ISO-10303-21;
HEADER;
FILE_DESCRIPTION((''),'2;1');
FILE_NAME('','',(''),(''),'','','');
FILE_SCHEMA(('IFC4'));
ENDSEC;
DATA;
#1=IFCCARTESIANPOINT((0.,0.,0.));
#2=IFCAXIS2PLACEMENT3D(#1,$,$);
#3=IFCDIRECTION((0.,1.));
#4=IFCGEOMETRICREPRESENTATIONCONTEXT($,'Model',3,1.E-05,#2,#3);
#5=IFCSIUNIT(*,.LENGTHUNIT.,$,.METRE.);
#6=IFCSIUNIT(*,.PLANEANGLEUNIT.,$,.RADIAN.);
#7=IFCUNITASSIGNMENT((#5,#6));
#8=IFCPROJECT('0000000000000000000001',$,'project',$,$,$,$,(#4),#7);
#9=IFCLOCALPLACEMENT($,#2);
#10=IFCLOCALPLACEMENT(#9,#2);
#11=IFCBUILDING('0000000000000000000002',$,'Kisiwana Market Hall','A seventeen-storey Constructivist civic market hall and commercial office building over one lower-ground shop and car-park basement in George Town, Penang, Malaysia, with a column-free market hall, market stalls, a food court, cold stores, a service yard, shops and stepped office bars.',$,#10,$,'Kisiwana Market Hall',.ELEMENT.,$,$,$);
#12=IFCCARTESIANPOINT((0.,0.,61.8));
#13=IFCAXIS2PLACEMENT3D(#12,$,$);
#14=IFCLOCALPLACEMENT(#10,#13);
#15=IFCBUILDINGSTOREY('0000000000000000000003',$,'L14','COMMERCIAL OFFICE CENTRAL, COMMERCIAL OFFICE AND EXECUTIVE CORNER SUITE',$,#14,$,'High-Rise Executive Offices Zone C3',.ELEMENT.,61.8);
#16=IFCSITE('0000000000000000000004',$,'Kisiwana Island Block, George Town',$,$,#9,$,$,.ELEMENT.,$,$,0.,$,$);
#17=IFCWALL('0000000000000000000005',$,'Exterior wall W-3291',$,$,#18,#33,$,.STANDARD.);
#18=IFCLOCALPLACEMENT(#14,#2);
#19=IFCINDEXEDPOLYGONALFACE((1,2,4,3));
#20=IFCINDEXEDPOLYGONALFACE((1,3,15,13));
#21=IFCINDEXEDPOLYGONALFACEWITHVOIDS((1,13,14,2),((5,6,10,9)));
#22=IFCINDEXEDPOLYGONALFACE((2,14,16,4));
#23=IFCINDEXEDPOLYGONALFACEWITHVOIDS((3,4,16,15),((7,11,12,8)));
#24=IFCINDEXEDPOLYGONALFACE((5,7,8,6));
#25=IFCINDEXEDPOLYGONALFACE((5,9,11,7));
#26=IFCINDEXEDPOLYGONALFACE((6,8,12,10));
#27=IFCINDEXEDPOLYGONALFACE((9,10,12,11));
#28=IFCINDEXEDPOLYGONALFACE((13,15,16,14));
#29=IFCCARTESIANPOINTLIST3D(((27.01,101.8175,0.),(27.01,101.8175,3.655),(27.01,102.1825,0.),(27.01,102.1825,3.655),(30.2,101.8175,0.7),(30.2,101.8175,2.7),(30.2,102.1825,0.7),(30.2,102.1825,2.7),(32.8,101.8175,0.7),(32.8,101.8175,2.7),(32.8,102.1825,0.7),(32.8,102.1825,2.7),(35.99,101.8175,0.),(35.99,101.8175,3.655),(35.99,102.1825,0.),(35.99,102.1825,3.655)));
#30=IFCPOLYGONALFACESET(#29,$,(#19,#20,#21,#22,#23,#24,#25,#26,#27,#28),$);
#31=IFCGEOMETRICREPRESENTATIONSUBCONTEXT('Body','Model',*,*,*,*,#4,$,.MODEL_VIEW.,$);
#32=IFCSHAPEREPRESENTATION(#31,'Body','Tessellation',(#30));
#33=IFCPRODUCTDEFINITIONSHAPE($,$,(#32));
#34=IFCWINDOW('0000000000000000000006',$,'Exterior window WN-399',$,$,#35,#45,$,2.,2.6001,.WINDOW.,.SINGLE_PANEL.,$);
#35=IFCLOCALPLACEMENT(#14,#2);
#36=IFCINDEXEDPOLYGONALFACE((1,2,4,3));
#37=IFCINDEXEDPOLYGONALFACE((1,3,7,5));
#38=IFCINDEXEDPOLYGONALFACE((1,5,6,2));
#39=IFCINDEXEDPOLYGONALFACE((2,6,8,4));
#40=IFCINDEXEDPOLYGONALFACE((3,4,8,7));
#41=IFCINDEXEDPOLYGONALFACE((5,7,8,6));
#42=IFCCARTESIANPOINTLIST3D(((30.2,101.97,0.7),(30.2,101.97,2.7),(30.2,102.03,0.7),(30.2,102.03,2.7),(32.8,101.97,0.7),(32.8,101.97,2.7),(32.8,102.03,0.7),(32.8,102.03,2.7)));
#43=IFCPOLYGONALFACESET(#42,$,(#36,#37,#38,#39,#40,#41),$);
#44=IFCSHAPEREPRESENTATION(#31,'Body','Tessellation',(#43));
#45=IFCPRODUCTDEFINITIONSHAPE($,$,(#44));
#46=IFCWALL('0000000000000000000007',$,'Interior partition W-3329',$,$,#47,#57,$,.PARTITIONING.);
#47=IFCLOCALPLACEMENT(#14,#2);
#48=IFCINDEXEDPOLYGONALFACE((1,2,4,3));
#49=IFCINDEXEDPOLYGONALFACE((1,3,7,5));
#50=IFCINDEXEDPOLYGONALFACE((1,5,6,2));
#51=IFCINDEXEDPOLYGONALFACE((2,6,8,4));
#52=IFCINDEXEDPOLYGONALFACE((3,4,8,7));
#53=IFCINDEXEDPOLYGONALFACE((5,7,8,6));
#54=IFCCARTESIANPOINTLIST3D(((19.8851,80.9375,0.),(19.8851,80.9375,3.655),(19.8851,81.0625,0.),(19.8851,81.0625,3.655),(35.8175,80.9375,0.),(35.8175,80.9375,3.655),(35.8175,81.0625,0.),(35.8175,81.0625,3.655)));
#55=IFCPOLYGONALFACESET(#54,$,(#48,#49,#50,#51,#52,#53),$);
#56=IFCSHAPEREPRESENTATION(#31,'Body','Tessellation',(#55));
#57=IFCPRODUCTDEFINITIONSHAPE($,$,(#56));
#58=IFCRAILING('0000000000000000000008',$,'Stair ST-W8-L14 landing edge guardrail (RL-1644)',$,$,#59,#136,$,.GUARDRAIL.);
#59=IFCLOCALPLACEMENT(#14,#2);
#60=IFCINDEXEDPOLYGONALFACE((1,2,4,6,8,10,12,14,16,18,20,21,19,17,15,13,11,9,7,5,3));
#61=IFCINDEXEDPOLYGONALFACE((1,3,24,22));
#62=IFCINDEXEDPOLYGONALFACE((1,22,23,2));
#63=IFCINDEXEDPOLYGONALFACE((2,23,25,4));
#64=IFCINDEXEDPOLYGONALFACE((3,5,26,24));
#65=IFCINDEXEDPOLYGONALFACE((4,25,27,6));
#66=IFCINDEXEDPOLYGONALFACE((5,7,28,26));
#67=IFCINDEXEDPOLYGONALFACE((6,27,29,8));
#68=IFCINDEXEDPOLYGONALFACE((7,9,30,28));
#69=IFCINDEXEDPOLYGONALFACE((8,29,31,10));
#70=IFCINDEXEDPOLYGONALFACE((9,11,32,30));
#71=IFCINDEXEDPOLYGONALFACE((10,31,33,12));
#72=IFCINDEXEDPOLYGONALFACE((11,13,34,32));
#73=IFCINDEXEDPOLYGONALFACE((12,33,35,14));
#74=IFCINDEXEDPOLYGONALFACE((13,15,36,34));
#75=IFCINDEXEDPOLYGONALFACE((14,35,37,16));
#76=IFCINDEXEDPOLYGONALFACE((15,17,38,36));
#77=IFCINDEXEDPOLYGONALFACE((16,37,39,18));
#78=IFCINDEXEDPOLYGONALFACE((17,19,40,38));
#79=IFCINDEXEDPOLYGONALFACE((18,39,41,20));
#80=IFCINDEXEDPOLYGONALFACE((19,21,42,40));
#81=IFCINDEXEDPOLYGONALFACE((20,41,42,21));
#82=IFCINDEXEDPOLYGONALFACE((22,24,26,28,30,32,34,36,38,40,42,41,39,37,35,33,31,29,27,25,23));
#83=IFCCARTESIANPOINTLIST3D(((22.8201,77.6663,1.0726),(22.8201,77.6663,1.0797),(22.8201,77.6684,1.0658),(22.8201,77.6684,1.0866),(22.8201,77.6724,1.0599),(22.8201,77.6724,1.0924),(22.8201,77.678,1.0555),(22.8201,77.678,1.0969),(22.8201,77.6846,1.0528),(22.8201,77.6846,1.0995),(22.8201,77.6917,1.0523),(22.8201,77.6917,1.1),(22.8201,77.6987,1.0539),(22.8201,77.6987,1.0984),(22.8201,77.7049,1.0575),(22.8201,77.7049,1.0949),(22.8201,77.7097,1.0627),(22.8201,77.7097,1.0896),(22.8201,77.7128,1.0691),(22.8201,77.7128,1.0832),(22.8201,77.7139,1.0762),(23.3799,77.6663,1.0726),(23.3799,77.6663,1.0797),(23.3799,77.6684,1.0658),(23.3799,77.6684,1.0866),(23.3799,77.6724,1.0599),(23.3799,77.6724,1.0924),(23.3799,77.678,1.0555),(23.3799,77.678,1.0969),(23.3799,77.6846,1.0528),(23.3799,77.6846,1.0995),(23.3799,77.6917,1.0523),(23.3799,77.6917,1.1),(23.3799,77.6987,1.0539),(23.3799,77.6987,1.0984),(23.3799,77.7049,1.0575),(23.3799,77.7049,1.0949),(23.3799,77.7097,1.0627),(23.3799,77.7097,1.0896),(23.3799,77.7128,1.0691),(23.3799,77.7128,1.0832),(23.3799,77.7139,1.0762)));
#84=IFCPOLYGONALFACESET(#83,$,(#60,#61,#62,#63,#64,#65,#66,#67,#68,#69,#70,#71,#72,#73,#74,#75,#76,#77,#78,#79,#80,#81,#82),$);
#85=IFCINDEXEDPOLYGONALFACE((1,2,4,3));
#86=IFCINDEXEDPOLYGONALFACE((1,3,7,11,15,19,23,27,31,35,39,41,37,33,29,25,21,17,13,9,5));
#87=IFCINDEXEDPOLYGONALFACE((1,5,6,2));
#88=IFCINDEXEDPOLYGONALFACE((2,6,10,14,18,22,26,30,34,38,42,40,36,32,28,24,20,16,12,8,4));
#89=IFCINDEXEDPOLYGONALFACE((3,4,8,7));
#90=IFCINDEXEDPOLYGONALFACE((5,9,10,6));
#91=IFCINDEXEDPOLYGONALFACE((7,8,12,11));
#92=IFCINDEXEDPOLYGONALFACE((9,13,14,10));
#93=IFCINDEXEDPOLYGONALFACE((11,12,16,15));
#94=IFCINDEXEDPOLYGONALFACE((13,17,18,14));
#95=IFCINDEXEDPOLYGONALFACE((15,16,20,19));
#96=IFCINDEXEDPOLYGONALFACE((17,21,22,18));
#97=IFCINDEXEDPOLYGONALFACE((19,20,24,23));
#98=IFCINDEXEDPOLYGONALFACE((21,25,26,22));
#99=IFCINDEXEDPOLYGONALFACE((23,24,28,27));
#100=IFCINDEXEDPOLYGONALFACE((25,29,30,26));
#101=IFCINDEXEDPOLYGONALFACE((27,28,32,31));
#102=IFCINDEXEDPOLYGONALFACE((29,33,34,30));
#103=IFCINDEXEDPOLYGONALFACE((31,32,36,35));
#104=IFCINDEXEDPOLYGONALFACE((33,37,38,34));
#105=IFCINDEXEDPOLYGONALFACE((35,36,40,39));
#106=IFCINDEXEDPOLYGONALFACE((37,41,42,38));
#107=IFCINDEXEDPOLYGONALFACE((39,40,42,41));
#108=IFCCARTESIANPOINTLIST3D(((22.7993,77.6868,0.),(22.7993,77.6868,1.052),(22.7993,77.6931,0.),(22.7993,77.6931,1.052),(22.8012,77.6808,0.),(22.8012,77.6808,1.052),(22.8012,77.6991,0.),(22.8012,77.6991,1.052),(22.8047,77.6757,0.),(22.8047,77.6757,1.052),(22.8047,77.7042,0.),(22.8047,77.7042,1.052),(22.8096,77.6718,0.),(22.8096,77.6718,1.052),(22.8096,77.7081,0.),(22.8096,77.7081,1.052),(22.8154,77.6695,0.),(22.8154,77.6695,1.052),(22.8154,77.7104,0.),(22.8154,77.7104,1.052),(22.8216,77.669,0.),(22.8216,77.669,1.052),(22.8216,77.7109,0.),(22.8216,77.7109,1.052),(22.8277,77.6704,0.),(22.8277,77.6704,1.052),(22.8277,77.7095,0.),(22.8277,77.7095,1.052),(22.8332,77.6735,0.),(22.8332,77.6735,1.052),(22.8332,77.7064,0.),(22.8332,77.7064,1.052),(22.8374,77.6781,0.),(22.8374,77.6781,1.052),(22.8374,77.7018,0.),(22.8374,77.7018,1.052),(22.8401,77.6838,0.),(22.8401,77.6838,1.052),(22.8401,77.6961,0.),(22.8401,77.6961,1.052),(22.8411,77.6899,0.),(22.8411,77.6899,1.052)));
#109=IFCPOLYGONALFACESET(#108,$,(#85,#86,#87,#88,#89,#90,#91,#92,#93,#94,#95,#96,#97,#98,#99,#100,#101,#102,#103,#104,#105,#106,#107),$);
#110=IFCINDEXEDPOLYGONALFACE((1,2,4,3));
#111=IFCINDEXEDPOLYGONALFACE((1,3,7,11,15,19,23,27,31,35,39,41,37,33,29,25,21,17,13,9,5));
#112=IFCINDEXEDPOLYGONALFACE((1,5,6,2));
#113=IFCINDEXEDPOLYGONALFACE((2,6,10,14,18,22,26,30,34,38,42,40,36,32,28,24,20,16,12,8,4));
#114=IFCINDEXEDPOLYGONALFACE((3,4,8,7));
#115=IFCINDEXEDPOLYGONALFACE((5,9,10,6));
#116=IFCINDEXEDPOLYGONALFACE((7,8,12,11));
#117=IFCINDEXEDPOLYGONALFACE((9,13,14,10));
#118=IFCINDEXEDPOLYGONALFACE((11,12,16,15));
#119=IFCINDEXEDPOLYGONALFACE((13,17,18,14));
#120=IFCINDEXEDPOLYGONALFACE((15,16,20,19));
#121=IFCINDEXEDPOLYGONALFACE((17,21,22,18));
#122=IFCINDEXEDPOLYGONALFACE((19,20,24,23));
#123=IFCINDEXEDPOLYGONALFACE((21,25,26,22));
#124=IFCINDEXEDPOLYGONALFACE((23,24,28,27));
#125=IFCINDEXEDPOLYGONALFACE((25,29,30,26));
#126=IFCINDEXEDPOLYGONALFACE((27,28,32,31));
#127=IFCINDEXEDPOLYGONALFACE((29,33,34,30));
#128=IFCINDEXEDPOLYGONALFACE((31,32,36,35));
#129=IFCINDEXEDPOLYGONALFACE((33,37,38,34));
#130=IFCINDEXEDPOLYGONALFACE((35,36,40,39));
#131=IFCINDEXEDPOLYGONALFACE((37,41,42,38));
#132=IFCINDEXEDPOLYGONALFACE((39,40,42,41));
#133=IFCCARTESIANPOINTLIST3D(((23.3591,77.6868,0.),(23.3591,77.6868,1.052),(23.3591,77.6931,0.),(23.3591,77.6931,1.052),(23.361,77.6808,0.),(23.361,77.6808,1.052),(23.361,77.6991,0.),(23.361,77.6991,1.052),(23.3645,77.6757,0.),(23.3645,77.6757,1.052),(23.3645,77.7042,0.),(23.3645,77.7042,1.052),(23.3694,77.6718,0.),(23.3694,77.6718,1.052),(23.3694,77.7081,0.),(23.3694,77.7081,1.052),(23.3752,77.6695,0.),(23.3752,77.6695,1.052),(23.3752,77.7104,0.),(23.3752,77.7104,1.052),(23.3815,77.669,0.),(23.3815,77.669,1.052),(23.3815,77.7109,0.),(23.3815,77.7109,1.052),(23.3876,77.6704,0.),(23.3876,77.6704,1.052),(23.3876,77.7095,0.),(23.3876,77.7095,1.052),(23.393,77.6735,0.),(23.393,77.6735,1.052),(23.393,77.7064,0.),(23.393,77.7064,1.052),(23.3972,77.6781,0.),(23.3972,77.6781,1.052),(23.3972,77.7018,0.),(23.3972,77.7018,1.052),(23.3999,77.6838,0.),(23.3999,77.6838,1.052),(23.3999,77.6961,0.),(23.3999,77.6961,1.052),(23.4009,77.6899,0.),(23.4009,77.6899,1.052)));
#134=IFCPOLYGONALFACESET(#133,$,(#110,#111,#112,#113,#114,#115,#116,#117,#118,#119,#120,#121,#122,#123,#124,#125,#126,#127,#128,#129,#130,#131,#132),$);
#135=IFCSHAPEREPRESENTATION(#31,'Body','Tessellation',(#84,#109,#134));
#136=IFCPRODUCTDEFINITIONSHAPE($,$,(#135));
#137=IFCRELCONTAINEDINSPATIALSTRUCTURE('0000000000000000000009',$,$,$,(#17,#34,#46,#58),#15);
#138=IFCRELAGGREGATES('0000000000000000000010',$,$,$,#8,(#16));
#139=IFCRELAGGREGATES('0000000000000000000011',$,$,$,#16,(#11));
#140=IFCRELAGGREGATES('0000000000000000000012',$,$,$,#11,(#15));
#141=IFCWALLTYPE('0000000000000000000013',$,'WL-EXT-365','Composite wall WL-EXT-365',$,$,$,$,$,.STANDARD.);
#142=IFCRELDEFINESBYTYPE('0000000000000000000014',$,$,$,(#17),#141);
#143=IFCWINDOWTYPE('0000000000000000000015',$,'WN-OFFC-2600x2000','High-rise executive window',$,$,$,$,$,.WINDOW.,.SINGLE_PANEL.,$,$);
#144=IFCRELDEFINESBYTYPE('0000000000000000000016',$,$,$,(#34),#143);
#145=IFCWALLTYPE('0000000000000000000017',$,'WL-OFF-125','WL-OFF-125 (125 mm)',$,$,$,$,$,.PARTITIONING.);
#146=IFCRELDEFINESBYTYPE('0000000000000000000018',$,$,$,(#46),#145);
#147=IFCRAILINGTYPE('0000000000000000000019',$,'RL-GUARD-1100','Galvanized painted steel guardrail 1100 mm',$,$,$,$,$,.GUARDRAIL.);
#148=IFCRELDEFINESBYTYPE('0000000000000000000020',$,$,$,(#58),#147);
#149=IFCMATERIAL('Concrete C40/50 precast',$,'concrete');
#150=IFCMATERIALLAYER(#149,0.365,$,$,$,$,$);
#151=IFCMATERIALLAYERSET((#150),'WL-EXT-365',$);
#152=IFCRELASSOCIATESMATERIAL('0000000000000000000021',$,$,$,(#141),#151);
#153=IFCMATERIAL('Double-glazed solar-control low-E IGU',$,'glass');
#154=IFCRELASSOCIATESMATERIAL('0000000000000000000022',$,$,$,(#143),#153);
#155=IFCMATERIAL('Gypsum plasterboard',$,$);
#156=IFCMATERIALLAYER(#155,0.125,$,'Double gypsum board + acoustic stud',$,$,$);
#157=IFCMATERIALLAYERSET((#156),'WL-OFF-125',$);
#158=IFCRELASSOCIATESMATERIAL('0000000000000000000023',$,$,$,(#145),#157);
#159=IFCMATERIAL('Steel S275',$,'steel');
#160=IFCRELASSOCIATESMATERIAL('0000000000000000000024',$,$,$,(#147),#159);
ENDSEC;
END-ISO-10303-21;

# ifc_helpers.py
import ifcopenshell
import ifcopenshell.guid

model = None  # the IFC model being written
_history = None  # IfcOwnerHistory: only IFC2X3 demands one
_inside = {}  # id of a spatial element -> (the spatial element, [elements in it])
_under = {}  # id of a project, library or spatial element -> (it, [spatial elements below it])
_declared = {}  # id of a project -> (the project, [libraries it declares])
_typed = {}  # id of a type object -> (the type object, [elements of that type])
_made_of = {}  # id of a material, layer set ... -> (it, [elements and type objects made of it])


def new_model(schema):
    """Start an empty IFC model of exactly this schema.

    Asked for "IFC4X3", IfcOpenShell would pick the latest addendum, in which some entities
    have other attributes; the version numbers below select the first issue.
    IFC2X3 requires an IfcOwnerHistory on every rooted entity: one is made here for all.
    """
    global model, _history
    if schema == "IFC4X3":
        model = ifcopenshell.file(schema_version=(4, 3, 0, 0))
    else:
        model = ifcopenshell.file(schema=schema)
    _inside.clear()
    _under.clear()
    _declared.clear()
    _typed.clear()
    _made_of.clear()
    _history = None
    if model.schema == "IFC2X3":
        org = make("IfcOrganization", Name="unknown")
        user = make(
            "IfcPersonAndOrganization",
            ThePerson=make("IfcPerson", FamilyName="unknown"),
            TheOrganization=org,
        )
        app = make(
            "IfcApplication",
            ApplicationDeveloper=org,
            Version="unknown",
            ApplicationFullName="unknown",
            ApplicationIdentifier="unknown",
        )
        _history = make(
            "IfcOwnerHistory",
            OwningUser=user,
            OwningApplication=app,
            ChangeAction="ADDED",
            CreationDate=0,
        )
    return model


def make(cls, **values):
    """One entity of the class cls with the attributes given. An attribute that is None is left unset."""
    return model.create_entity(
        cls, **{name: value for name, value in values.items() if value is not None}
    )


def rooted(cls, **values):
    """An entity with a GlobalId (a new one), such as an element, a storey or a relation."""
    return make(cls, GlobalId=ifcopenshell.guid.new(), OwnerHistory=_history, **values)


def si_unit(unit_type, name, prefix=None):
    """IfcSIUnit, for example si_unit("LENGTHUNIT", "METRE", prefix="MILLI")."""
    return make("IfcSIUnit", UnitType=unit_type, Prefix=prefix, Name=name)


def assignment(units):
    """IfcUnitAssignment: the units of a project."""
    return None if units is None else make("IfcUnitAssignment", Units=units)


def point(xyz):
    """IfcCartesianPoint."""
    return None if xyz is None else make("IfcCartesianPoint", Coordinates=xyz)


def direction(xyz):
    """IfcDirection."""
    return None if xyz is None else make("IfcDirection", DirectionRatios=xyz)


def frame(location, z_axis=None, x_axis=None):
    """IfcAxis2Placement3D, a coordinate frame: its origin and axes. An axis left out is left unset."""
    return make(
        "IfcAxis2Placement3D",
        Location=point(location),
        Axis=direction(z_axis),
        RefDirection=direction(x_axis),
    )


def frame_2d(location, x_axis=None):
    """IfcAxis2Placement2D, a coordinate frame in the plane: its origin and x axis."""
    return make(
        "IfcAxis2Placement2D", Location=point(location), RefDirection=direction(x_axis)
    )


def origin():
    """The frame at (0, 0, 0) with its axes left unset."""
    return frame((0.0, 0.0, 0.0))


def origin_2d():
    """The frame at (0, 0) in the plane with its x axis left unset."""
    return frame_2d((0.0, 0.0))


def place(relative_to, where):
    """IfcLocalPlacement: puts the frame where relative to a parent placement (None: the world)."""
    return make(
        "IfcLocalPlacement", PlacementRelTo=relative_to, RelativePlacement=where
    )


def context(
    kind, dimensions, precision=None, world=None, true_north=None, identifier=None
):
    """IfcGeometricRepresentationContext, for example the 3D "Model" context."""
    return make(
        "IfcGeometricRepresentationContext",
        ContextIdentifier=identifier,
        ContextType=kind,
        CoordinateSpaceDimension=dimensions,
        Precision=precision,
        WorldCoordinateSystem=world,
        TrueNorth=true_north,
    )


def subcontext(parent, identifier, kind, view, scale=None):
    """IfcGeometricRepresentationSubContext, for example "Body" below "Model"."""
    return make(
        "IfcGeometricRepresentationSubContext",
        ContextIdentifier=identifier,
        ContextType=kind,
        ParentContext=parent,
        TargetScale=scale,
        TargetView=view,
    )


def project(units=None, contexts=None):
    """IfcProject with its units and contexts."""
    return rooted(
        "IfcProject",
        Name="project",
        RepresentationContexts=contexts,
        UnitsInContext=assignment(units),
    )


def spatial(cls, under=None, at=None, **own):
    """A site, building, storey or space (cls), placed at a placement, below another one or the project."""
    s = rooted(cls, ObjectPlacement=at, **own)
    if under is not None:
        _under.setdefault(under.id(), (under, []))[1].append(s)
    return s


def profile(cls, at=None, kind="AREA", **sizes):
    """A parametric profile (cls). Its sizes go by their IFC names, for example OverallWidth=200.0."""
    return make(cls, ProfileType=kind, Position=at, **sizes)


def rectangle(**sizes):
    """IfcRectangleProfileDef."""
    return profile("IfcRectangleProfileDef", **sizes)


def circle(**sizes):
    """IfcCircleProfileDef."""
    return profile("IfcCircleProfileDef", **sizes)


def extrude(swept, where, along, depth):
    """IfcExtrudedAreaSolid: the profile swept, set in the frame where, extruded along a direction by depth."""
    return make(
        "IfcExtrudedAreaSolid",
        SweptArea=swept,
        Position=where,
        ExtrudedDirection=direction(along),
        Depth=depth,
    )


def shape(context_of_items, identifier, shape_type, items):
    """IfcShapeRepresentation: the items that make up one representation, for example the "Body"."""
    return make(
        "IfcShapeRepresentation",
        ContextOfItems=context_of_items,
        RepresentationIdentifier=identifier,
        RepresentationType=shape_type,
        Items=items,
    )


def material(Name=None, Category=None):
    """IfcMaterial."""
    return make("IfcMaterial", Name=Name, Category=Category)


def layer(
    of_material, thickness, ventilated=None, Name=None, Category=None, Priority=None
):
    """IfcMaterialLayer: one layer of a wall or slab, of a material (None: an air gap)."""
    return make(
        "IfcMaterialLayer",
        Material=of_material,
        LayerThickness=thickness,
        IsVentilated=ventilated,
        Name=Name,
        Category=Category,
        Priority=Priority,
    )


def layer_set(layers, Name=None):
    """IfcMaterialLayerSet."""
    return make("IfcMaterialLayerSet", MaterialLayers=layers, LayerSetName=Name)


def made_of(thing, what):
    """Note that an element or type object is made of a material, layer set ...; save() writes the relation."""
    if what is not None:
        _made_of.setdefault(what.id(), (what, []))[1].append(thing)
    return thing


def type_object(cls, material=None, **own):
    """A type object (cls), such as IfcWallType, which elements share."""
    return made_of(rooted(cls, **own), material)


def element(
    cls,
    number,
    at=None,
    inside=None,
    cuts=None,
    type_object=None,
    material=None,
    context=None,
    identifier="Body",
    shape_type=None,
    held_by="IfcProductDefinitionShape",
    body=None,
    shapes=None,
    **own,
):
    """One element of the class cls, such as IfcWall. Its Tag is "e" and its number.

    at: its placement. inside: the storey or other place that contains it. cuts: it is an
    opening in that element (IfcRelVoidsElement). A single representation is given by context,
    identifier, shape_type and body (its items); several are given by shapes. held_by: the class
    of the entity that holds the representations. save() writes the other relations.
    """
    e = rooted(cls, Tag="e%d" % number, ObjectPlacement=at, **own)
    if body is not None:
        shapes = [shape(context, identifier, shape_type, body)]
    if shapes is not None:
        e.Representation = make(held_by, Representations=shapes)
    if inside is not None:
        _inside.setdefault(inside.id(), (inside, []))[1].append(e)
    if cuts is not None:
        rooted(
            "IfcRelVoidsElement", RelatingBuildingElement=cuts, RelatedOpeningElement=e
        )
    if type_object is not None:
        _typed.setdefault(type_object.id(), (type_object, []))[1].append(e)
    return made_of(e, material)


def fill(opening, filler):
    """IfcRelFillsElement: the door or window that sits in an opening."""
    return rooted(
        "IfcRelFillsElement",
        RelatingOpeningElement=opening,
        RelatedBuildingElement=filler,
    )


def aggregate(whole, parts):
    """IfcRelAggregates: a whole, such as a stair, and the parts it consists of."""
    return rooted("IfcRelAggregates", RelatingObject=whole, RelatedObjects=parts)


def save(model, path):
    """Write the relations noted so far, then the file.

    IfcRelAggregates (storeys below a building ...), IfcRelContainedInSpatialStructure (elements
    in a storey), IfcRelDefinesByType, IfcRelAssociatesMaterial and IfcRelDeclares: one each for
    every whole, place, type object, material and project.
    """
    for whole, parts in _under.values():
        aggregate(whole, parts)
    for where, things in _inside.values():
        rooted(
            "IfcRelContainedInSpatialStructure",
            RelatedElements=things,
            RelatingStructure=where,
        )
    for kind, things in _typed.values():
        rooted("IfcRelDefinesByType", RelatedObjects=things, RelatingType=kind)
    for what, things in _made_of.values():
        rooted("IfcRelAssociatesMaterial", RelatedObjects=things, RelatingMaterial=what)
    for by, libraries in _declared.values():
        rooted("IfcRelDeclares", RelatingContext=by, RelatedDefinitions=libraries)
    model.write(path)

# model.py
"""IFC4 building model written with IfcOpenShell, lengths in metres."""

from ifc_helpers import new_model, si_unit, direction, frame, frame_2d, origin, origin_2d, place, context, subcontext, project, spatial, rectangle, circle, extrude, material, layer, layer_set, type_object, element, fill, save


model = new_model("IFC4")

# Units and contexts
model_context = context("Model", 3, precision=1e-05, world=origin(), true_north=direction((0.0, 1.0)))
body_context = subcontext(model_context, "Body", "Model", "MODEL_VIEW")
ifc_project = project(units=[si_unit("LENGTHUNIT", "METRE"), si_unit("PLANEANGLEUNIT", "RADIAN")], contexts=[model_context])

# Site, building, storey
site_placement = place(None, origin())
site = spatial("IfcSite", under=ifc_project, at=site_placement, Name="Kisiwana Island Block, George Town", CompositionType="ELEMENT", RefElevation=0.0)
building_placement = place(site_placement, origin())
building = spatial("IfcBuilding", under=site, at=building_placement, Name="Kisiwana Market Hall", Description="A seventeen-storey Constructivist civic market hall and commercial office building over one lower-ground shop and car-park basement in George Town, Penang, Malaysia, with a column-free market hall, market stalls, a food court, cold stores, a service yard, shops and stepped office bars.", LongName="Kisiwana Market Hall", CompositionType="ELEMENT")
storey_placement = place(building_placement, frame((0.0, 0.0, 61.8)))
storey = spatial("IfcBuildingStorey", under=building, at=storey_placement, Name="L14", Description="COMMERCIAL OFFICE CENTRAL, COMMERCIAL OFFICE AND EXECUTIVE CORNER SUITE", LongName="High-Rise Executive Offices Zone C3", CompositionType="ELEMENT", Elevation=61.8)

# Wall, opening, window
ifc_material_1 = material(Name="Concrete C40/50 precast", Category="concrete")
ifc_layer_1 = layer(ifc_material_1, 0.365)
ifc_layer_set_1 = layer_set([ifc_layer_1], Name="WL-EXT-365")
wall_type_1 = type_object("IfcWallType", Name="WL-EXT-365", Description="Composite wall WL-EXT-365", PredefinedType="STANDARD", material=ifc_layer_set_1)
wall_1_placement = place(storey_placement, frame((27.01, 102.0, 0.0), z_axis=(0.0, 0.0, 1.0), x_axis=(1.0, 0.0, 0.0)))
wall_1 = element("IfcWall", 1, at=wall_1_placement, inside=storey, type_object=wall_type_1, Name="Exterior wall W-3291", PredefinedType="STANDARD", context=body_context, shape_type="SweptSolid", body=[
    extrude(rectangle(XDim=8.98, YDim=0.365, at=frame_2d((4.49, 0.0))), origin(), (0.0, 0.0, 1.0), 3.655),
])
opening_1_placement = place(wall_1_placement, frame((3.1899, 0.0, 0.7)))
opening_1 = element("IfcOpeningElement", 2, at=opening_1_placement, cuts=wall_1, PredefinedType="OPENING", context=body_context, shape_type="SweptSolid", body=[
    extrude(rectangle(XDim=2.6001, YDim=2.0, at=frame_2d((1.3, 1.0))), frame((0.0, 0.1943, 0.0), z_axis=(0.0, -1.0, 0.0), x_axis=(1.0, 0.0, 0.0)), (0.0, 0.0, 1.0), 0.3889),
])
ifc_material_2 = material(Name="Double-glazed solar-control low-E IGU", Category="glass")
window_type = type_object("IfcWindowType", Name="WN-OFFC-2600x2000", Description="High-rise executive window", PartitioningType="SINGLE_PANEL", PredefinedType="WINDOW", material=ifc_material_2)
window_placement = place(opening_1_placement, origin())
window = element("IfcWindow", 3, at=window_placement, inside=storey, type_object=window_type, Name="Exterior window WN-399", OverallHeight=2.0, OverallWidth=2.6001, PartitioningType="SINGLE_PANEL", PredefinedType="WINDOW", context=body_context, shape_type="SweptSolid", body=[
    extrude(rectangle(XDim=2.6001, YDim=2.0, at=frame_2d((1.3, 1.0))), frame((0.0, 0.03, 0.0), z_axis=(0.0, -1.0, 0.0), x_axis=(1.0, 0.0, 0.0)), (0.0, 0.0, 1.0), 0.0601),
])
fill(opening_1, window)

# Wall
ifc_material_3 = material(Name="Gypsum plasterboard")
ifc_layer_2 = layer(ifc_material_3, 0.125, Name="Double gypsum board + acoustic stud")
ifc_layer_set_2 = layer_set([ifc_layer_2], Name="WL-OFF-125")
wall_type_2 = type_object("IfcWallType", Name="WL-OFF-125", Description="WL-OFF-125 (125 mm)", PredefinedType="PARTITIONING", material=ifc_layer_set_2)
wall_2_placement = place(storey_placement, frame((19.885, 81.0, 0.0), z_axis=(0.0, 0.0, 1.0), x_axis=(1.0, 0.0, 0.0)))
element("IfcWall", 4, at=wall_2_placement, inside=storey, type_object=wall_type_2, Name="Interior partition W-3329", PredefinedType="PARTITIONING", context=body_context, shape_type="SweptSolid", body=[
    extrude(rectangle(XDim=15.9324, YDim=0.125, at=frame_2d((7.9663, 0.0))), origin(), (0.0, 0.0, 1.0), 3.655),
])

# Railing
ifc_material_4 = material(Name="Steel S275", Category="steel")
railing_type_1 = type_object("IfcRailingType", Name="RL-GUARD-1100", Description="Galvanized painted steel guardrail 1100 mm", PredefinedType="GUARDRAIL", material=ifc_material_4)
railing_1_placement = place(storey_placement, frame((22.8201, 77.6899, 0.0)))
element("IfcRailing", 5, at=railing_1_placement, inside=storey, type_object=railing_type_1, Name="Stair ST-W8-L14 landing edge guardrail (RL-1644)", PredefinedType="GUARDRAIL", context=body_context, shape_type="SweptSolid", body=[
    extrude(circle(Radius=0.0239, at=origin_2d()), frame((0.0, 0.0, 1.0762), z_axis=(1.0, 0.0, 0.0), x_axis=(0.0, 1.0, 0.0)), (0.0, 0.0, 1.0), 0.5598),
    extrude(circle(Radius=0.021, at=origin_2d()), origin(), (0.0, 0.0, 1.0), 1.052),
    extrude(circle(Radius=0.021, at=origin_2d()), frame((0.5598, 0.0, 0.0)), (0.0, 0.0, 1.0), 1.052),
])

save(model, "model.ifc")
